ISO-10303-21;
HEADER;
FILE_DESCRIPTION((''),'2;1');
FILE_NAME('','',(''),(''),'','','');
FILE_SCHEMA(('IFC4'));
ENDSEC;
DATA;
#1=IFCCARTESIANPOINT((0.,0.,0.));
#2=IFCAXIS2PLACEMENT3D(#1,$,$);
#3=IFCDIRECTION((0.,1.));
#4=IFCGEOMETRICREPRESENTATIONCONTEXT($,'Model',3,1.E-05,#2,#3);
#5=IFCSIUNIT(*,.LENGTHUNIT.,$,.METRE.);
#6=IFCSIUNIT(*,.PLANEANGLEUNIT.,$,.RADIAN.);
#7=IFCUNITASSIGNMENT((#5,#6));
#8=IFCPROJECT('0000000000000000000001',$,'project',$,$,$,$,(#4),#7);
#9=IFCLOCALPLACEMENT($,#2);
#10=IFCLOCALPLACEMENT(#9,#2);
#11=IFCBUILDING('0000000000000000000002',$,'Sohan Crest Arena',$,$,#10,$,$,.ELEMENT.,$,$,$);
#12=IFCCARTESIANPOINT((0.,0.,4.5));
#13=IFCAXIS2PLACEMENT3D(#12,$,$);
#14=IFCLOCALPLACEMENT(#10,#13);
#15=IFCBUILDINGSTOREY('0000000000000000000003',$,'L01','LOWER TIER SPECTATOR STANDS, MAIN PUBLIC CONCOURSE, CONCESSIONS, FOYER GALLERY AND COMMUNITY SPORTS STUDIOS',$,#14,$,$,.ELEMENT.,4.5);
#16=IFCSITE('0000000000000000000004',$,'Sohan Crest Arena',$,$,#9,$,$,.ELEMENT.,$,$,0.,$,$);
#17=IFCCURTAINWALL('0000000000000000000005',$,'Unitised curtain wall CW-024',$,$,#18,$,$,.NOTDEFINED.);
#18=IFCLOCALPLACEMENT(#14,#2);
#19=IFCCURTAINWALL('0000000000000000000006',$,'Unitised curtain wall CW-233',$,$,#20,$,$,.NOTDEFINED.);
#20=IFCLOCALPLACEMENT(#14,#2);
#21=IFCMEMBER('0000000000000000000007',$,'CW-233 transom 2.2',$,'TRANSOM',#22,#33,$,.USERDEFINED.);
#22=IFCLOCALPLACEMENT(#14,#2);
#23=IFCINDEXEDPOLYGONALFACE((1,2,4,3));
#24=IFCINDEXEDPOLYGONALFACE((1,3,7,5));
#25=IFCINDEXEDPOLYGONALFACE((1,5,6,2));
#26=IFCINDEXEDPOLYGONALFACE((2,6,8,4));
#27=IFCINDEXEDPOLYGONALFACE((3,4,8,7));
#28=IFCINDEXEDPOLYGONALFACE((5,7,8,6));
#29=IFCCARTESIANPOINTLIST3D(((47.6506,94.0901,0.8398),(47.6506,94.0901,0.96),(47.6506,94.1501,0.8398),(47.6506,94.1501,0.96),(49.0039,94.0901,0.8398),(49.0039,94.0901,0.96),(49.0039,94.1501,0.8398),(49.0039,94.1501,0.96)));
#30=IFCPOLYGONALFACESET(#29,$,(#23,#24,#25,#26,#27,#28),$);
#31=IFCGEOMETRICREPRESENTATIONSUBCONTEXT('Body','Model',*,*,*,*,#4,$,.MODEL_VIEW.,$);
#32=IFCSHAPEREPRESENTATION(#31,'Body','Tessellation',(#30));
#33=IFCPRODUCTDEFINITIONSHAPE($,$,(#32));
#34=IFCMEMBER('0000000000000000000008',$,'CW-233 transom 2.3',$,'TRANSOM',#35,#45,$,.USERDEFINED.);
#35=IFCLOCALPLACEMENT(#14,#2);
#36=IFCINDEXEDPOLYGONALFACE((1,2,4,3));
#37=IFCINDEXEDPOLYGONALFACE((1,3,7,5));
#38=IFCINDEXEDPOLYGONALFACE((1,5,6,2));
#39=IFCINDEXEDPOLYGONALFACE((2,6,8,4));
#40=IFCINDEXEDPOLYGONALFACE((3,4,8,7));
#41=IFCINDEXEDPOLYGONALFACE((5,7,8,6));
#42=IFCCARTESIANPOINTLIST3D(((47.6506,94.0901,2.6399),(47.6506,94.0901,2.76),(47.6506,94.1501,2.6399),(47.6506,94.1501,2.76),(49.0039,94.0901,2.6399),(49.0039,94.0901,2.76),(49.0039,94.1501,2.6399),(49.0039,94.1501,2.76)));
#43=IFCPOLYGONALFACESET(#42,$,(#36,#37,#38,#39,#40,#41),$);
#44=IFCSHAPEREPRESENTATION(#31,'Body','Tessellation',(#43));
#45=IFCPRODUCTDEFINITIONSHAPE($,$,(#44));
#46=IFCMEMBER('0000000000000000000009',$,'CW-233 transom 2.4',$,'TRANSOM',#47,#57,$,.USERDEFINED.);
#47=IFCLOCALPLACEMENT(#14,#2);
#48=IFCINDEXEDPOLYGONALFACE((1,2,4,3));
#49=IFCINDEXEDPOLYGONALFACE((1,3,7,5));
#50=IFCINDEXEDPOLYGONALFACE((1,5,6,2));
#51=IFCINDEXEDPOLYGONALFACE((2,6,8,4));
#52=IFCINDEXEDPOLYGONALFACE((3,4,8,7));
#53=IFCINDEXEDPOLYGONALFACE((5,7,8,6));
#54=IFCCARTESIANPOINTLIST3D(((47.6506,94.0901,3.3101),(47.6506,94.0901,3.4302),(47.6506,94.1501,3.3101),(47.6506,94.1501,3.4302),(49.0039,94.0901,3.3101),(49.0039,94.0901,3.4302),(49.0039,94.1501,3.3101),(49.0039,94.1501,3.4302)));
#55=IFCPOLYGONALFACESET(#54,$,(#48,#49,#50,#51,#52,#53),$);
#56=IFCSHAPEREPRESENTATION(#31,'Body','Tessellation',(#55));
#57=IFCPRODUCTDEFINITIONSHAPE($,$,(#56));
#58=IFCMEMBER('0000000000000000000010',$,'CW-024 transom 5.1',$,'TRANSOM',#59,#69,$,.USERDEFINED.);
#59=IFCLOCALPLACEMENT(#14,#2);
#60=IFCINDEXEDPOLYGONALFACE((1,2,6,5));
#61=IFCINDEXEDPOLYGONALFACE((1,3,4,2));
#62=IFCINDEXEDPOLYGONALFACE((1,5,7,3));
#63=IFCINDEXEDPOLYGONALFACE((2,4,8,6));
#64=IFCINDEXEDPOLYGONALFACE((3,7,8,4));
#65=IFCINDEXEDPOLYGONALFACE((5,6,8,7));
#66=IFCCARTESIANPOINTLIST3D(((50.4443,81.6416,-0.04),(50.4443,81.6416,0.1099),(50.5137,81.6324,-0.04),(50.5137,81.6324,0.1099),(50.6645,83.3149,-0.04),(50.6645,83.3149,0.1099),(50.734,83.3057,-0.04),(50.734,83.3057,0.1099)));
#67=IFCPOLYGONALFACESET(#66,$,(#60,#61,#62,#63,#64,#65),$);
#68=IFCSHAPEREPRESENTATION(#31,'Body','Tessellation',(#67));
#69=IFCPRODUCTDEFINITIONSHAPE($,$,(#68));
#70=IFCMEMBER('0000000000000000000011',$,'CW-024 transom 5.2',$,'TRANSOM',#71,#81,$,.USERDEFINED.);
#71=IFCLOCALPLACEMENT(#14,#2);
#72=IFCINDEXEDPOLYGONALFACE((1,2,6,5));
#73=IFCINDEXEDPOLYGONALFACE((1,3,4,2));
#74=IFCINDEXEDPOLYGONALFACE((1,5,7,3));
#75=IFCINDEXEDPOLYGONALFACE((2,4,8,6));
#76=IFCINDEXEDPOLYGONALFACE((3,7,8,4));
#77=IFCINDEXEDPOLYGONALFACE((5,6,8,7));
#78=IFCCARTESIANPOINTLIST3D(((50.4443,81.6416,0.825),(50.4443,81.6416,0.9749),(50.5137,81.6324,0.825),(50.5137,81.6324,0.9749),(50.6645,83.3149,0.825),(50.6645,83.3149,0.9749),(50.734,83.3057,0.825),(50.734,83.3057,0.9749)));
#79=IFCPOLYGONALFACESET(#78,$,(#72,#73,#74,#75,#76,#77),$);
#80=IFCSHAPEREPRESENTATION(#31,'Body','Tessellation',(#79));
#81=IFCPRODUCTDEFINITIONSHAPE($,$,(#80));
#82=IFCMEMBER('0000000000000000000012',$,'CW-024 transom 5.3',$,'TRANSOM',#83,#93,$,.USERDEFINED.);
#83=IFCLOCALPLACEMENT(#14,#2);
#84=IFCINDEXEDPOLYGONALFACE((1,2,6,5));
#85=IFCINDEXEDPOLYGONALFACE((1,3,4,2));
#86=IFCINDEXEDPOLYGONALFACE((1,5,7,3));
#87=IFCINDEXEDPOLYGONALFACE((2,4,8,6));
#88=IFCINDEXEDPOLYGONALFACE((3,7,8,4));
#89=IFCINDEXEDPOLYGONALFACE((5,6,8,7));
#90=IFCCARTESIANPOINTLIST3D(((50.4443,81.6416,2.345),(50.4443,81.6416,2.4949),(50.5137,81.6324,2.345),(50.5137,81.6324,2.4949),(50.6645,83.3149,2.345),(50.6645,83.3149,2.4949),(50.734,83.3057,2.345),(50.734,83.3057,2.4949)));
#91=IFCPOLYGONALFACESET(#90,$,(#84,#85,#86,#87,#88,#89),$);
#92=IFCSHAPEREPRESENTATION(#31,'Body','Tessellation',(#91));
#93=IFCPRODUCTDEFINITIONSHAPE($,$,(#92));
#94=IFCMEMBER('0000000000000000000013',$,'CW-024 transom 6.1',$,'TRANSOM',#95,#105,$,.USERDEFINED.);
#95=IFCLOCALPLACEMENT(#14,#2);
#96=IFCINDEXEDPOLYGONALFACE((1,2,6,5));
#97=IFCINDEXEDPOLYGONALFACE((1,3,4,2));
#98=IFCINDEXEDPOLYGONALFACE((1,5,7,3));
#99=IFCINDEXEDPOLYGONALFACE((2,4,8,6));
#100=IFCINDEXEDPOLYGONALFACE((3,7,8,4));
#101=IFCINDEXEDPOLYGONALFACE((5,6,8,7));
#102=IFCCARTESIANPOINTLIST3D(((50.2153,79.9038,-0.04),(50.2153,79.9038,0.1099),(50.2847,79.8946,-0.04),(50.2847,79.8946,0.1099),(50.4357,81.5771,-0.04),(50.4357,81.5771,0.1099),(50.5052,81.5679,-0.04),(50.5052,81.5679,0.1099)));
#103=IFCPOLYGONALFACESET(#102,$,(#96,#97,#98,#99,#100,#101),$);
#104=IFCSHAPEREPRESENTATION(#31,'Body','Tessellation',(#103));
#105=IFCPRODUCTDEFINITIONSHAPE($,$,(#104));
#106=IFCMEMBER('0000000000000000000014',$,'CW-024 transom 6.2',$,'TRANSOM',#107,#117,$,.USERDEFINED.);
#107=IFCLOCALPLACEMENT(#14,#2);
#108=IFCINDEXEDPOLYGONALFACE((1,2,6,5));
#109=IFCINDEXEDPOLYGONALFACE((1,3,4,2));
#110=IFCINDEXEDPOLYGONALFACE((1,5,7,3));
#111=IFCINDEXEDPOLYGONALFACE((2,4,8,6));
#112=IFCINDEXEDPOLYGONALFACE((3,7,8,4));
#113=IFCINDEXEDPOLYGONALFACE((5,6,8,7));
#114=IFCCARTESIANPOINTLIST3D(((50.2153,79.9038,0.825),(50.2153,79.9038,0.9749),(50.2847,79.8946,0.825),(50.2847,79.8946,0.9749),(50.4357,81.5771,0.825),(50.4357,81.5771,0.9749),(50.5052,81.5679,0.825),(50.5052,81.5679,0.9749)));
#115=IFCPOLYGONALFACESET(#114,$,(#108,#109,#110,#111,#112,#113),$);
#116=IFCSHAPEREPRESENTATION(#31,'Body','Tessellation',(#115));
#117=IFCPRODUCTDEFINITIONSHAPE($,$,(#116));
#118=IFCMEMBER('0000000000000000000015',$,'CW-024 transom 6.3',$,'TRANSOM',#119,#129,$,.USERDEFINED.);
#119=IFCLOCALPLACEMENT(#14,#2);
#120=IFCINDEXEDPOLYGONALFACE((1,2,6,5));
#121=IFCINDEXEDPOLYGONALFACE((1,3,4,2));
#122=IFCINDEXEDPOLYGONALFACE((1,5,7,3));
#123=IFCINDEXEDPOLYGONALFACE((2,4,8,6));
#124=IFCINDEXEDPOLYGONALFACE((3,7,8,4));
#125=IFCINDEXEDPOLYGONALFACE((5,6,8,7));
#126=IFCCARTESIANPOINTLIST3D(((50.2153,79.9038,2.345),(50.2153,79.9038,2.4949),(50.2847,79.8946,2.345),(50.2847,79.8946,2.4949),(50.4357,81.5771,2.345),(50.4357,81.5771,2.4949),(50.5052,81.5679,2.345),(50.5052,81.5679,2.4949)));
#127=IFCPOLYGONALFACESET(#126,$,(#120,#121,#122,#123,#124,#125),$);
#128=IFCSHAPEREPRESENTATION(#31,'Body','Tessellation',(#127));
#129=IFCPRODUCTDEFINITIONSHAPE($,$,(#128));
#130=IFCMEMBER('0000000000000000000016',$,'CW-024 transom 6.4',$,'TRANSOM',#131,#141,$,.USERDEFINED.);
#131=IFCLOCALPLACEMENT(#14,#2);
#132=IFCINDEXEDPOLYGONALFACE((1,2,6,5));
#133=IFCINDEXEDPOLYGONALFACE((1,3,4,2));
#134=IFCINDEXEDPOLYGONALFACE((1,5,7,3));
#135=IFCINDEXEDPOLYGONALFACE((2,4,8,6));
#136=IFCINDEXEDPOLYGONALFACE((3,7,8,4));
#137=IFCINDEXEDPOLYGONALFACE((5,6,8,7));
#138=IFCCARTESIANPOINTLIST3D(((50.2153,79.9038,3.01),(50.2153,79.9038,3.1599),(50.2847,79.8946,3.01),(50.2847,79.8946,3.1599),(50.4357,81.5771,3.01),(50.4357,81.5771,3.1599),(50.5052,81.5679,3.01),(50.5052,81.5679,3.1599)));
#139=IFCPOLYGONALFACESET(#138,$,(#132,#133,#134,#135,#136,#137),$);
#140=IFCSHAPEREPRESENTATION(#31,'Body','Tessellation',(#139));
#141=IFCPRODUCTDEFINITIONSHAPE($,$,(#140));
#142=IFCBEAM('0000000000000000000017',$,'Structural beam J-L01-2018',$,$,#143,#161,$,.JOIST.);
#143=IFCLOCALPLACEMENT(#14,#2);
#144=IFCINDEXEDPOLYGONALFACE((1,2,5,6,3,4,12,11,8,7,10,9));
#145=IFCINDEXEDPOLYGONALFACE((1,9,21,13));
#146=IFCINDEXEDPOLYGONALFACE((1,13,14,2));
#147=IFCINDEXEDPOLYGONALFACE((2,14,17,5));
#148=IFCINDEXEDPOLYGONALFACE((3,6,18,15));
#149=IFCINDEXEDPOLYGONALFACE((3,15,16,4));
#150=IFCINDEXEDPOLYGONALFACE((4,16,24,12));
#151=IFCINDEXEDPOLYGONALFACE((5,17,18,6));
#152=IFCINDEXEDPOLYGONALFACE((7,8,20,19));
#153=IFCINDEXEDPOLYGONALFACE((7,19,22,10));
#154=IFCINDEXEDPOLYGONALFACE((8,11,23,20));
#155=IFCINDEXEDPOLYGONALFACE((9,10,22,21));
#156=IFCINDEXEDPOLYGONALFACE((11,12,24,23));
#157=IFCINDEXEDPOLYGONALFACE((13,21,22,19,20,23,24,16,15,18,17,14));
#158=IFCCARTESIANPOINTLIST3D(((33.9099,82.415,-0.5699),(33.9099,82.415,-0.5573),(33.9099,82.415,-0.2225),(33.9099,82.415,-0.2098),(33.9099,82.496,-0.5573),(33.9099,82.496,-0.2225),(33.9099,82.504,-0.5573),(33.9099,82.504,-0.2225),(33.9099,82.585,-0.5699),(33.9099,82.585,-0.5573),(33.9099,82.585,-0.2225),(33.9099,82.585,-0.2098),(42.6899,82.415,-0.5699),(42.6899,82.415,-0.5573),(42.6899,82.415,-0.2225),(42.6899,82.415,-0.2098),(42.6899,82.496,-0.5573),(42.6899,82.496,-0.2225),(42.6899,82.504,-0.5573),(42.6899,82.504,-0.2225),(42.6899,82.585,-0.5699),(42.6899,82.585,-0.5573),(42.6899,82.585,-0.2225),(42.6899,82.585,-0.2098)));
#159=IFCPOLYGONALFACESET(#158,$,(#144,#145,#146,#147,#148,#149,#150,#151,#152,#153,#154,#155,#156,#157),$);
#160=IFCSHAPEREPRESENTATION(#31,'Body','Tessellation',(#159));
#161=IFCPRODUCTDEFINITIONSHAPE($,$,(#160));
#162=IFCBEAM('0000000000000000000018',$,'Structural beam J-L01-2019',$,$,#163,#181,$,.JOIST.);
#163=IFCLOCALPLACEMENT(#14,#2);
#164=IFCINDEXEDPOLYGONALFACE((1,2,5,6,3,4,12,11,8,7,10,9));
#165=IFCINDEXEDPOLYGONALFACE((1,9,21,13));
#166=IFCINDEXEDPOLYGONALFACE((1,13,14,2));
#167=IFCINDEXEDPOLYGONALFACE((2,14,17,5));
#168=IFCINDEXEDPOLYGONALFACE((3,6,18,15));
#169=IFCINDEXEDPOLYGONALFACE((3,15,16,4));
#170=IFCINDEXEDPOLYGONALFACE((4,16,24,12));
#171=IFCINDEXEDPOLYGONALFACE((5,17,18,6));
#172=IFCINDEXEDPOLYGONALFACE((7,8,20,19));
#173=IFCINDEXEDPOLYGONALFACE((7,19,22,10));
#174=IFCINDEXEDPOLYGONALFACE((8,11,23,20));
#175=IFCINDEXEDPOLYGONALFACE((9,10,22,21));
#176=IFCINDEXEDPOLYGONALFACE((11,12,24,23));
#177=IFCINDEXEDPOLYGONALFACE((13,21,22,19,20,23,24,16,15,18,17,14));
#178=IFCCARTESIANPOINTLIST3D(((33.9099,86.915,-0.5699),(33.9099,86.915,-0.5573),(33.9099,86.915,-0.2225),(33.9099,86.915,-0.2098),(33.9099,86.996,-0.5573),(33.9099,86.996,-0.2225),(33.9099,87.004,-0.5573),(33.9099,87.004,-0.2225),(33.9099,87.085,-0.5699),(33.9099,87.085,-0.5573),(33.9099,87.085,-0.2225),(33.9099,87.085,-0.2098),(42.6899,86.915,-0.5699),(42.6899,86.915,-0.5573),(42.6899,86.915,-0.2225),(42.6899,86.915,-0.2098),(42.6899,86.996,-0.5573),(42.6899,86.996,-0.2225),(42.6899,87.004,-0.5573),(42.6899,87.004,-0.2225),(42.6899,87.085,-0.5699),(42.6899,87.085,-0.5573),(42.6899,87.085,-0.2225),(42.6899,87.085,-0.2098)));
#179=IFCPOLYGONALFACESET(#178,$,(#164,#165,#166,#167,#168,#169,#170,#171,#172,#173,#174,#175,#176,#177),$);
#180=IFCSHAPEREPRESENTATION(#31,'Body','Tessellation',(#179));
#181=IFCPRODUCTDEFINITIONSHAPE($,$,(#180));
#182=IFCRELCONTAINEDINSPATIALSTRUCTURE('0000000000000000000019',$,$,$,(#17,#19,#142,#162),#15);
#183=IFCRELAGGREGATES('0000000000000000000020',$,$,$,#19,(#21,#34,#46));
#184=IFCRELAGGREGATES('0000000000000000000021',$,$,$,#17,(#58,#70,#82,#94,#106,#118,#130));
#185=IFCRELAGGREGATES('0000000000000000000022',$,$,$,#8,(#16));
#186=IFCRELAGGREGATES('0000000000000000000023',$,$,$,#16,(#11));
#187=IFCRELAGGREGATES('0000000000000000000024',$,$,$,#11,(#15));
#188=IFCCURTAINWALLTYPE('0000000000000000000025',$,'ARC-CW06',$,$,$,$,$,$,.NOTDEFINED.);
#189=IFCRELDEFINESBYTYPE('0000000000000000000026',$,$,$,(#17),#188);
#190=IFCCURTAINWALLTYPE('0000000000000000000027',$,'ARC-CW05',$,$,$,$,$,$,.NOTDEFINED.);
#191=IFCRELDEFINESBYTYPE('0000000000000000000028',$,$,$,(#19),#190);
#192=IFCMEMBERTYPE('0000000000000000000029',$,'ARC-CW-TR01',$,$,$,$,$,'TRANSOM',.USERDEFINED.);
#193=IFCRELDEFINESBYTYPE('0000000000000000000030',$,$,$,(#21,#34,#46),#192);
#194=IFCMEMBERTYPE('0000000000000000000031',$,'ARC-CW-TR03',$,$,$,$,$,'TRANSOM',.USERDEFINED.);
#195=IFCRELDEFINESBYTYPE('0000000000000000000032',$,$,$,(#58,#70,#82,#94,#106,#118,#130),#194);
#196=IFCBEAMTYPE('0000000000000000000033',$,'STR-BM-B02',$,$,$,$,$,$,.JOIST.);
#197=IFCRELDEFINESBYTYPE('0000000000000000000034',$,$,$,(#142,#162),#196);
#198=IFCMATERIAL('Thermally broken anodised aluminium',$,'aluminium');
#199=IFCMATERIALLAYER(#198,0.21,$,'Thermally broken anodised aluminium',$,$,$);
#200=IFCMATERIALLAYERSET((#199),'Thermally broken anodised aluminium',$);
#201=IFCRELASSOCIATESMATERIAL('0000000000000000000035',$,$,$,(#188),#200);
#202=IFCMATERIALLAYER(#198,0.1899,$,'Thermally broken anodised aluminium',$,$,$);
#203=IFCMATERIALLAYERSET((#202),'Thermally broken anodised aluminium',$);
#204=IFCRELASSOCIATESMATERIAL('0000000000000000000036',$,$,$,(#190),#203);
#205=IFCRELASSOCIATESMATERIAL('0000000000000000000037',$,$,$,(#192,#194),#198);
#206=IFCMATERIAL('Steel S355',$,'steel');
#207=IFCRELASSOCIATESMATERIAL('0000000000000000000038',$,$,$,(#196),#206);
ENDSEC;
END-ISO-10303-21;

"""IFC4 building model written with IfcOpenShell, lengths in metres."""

from ifc_helpers import new_model, si_unit, direction, frame, origin, origin_2d, place, context, subcontext, project, spatial, rectangle, i_section, extrude, material, layer, layer_set, material_profile, profile_set, type_object, element, aggregate, save


model = new_model("IFC4")

# Units and contexts
model_context = context("Model", 3, precision=1e-05, world=origin(), true_north=direction((0.0, 1.0)))
body_context = subcontext(model_context, "Body", "Model", "MODEL_VIEW")
ifc_project = project(units=[si_unit("LENGTHUNIT", "METRE"), si_unit("PLANEANGLEUNIT", "RADIAN")], contexts=[model_context])

# Site, building, storey
site_placement = place(None, origin())
site = spatial("IfcSite", under=ifc_project, at=site_placement, Name="Sohan Crest Arena", CompositionType="ELEMENT", RefElevation=0.0)
building_placement = place(site_placement, origin())
building = spatial("IfcBuilding", under=site, at=building_placement, Name="Sohan Crest Arena", CompositionType="ELEMENT")
storey_placement = place(building_placement, frame((0.0, 0.0, 4.5)))
storey = spatial("IfcBuildingStorey", under=building, at=storey_placement, Name="L01", Description="LOWER TIER SPECTATOR STANDS, MAIN PUBLIC CONCOURSE, CONCESSIONS, FOYER GALLERY AND COMMUNITY SPORTS STUDIOS", CompositionType="ELEMENT", Elevation=4.5)

# Curtain wall
ifc_material_1 = material(Name="Thermally broken anodised aluminium", Category="aluminium")
ifc_layer_1 = layer(ifc_material_1, 0.21, Name="Thermally broken anodised aluminium")
ifc_layer_set_1 = layer_set([ifc_layer_1], Name="Thermally broken anodised aluminium")
curtain_wall_type_1 = type_object("IfcCurtainWallType", Name="ARC-CW06", PredefinedType="NOTDEFINED", material=ifc_layer_set_1)
curtain_wall_1_placement = place(storey_placement, origin())
curtain_wall_1 = element("IfcCurtainWall", 1, at=curtain_wall_1_placement, inside=storey, type_object=curtain_wall_type_1, Name="Unitised curtain wall CW-024", PredefinedType="NOTDEFINED")

# Curtain wall, members
ifc_layer_2 = layer(ifc_material_1, 0.1899, Name="Thermally broken anodised aluminium")
ifc_layer_set_2 = layer_set([ifc_layer_2], Name="Thermally broken anodised aluminium")
curtain_wall_type_2 = type_object("IfcCurtainWallType", Name="ARC-CW05", PredefinedType="NOTDEFINED", material=ifc_layer_set_2)
curtain_wall_2_placement = place(storey_placement, origin())
curtain_wall_2 = element("IfcCurtainWall", 2, at=curtain_wall_2_placement, inside=storey, type_object=curtain_wall_type_2, Name="Unitised curtain wall CW-233", PredefinedType="NOTDEFINED")
ifc_material_profile_1 = material_profile(ifc_material_1, rectangle(XDim=0.0601, YDim=0.1201, at=origin_2d()), Name="ALU-TRAN 60x120")
ifc_profile_set_1 = profile_set([ifc_material_profile_1], Name="Thermally broken anodised aluminium")
member_type_1 = type_object("IfcMemberType", Name="ARC-CW-TR01", ElementType="TRANSOM", PredefinedType="USERDEFINED", material=ifc_profile_set_1)
member_1_placement = place(storey_placement, frame((47.6506, 94.1201, 0.8999), z_axis=(1.0, 0.0, 0.0), x_axis=(0.0, 1.0, 0.0)))
member_1 = element("IfcMember", 3, at=member_1_placement, type_object=member_type_1, Name="CW-233 transom 2.2", ObjectType="TRANSOM", PredefinedType="USERDEFINED", context=body_context, shape_type="SweptSolid", body=[
    extrude(rectangle(XDim=0.0601, YDim=0.1201, at=origin_2d()), origin(), (0.0, 0.0, 1.0), 1.3533),
])
member_2_placement = place(storey_placement, frame((47.6506, 94.1201, 2.7), z_axis=(1.0, 0.0, 0.0), x_axis=(0.0, 1.0, 0.0)))
member_2 = element("IfcMember", 4, at=member_2_placement, type_object=member_type_1, Name="CW-233 transom 2.3", ObjectType="TRANSOM", PredefinedType="USERDEFINED", context=body_context, shape_type="SweptSolid", body=[
    extrude(rectangle(XDim=0.0601, YDim=0.1201, at=origin_2d()), origin(), (0.0, 0.0, 1.0), 1.3533),
])
member_3_placement = place(storey_placement, frame((47.6506, 94.1201, 3.3701), z_axis=(1.0, 0.0, 0.0), x_axis=(0.0, 1.0, 0.0)))
member_3 = element("IfcMember", 5, at=member_3_placement, type_object=member_type_1, Name="CW-233 transom 2.4", ObjectType="TRANSOM", PredefinedType="USERDEFINED", context=body_context, shape_type="SweptSolid", body=[
    extrude(rectangle(XDim=0.0601, YDim=0.1201, at=origin_2d()), origin(), (0.0, 0.0, 1.0), 1.3533),
])

# Members
ifc_material_profile_2 = material_profile(ifc_material_1, rectangle(XDim=0.0701, YDim=0.1499, at=origin_2d()), Name="ALU-TRAN 70x150")
ifc_profile_set_2 = profile_set([ifc_material_profile_2], Name="Thermally broken anodised aluminium")
member_type_2 = type_object("IfcMemberType", Name="ARC-CW-TR03", ElementType="TRANSOM", PredefinedType="USERDEFINED", material=ifc_profile_set_2)
member_4_placement = place(storey_placement, frame((50.6992, 83.3103, 0.0349), z_axis=(-0.130477, -0.991451, 0.0), x_axis=(0.991451, -0.130477, 0.0)))
member_4 = element("IfcMember", 6, at=member_4_placement, type_object=member_type_2, Name="CW-024 transom 5.1", ObjectType="TRANSOM", PredefinedType="USERDEFINED", context=body_context, shape_type="SweptSolid", body=[
    extrude(rectangle(XDim=0.0701, YDim=0.1499, at=origin_2d()), origin(), (0.0, 0.0, 1.0), 1.6877),
])
member_5_placement = place(storey_placement, frame((50.6992, 83.3103, 0.8999), z_axis=(-0.130477, -0.991451, 0.0), x_axis=(0.991451, -0.130477, 0.0)))
member_5 = element("IfcMember", 7, at=member_5_placement, type_object=member_type_2, Name="CW-024 transom 5.2", ObjectType="TRANSOM", PredefinedType="USERDEFINED", context=body_context, shape_type="SweptSolid", body=[
    extrude(rectangle(XDim=0.0701, YDim=0.1499, at=origin_2d()), origin(), (0.0, 0.0, 1.0), 1.6877),
])
member_6_placement = place(storey_placement, frame((50.6992, 83.3103, 2.4199), z_axis=(-0.130477, -0.991451, 0.0), x_axis=(0.991451, -0.130477, 0.0)))
member_6 = element("IfcMember", 8, at=member_6_placement, type_object=member_type_2, Name="CW-024 transom 5.3", ObjectType="TRANSOM", PredefinedType="USERDEFINED", context=body_context, shape_type="SweptSolid", body=[
    extrude(rectangle(XDim=0.0701, YDim=0.1499, at=origin_2d()), origin(), (0.0, 0.0, 1.0), 1.6877),
])
member_7_placement = place(storey_placement, frame((50.4705, 81.5725, 0.0349), z_axis=(-0.130619, -0.991433, 0.0), x_axis=(0.991433, -0.130619, 0.0)))
member_7 = element("IfcMember", 9, at=member_7_placement, type_object=member_type_2, Name="CW-024 transom 6.1", ObjectType="TRANSOM", PredefinedType="USERDEFINED", context=body_context, shape_type="SweptSolid", body=[
    extrude(rectangle(XDim=0.0701, YDim=0.1499, at=origin_2d()), origin(), (0.0, 0.0, 1.0), 1.6877),
])
member_8_placement = place(storey_placement, frame((50.4705, 81.5725, 0.8999), z_axis=(-0.130619, -0.991433, 0.0), x_axis=(0.991433, -0.130619, 0.0)))
member_8 = element("IfcMember", 10, at=member_8_placement, type_object=member_type_2, Name="CW-024 transom 6.2", ObjectType="TRANSOM", PredefinedType="USERDEFINED", context=body_context, shape_type="SweptSolid", body=[
    extrude(rectangle(XDim=0.0701, YDim=0.1499, at=origin_2d()), origin(), (0.0, 0.0, 1.0), 1.6877),
])
member_9_placement = place(storey_placement, frame((50.4705, 81.5725, 2.4199), z_axis=(-0.130619, -0.991433, 0.0), x_axis=(0.991433, -0.130619, 0.0)))
member_9 = element("IfcMember", 11, at=member_9_placement, type_object=member_type_2, Name="CW-024 transom 6.3", ObjectType="TRANSOM", PredefinedType="USERDEFINED", context=body_context, shape_type="SweptSolid", body=[
    extrude(rectangle(XDim=0.0701, YDim=0.1499, at=origin_2d()), origin(), (0.0, 0.0, 1.0), 1.6877),
])
member_10_placement = place(storey_placement, frame((50.4705, 81.5725, 3.085), z_axis=(-0.130619, -0.991433, 0.0), x_axis=(0.991433, -0.130619, 0.0)))
member_10 = element("IfcMember", 12, at=member_10_placement, type_object=member_type_2, Name="CW-024 transom 6.4", ObjectType="TRANSOM", PredefinedType="USERDEFINED", context=body_context, shape_type="SweptSolid", body=[
    extrude(rectangle(XDim=0.0701, YDim=0.1499, at=origin_2d()), origin(), (0.0, 0.0, 1.0), 1.6877),
])

# Beams
ifc_material_2 = material(Name="Steel S355", Category="steel")
ifc_material_profile_3 = material_profile(ifc_material_2, i_section(OverallWidth=0.1699, OverallDepth=0.3601, WebThickness=0.0081, FlangeThickness=0.0127, at=origin_2d()), Name="IPE 360")
ifc_profile_set_3 = profile_set([ifc_material_profile_3], Name="Steel S355")
beam_type_1 = type_object("IfcBeamType", Name="STR-BM-B02", PredefinedType="JOIST", material=ifc_profile_set_3)
for number, where, z_axis, x_axis, name in (
    (13, (33.9099, 82.5, -0.3899), (1.0, 0.0, 0.0), (0.0, 1.0, 0.0), "Structural beam J-L01-2018"),
    (14, (33.9099, 87.0, -0.3899), (1.0, 0.0, 0.0), (0.0, 1.0, 0.0), "Structural beam J-L01-2019"),
):
    element("IfcBeam", number, at=place(storey_placement, frame(where, z_axis=z_axis, x_axis=x_axis)), inside=storey, type_object=beam_type_1, Name=name, PredefinedType="JOIST", context=body_context, shape_type="SweptSolid", body=[
        extrude(i_section(OverallWidth=0.1699, OverallDepth=0.3601, WebThickness=0.0081, FlangeThickness=0.0127, at=origin_2d()), origin(), (0.0, 0.0, 1.0), 8.78),
    ])

aggregate(curtain_wall_2, [member_1, member_2, member_3])
aggregate(curtain_wall_1, [member_4, member_5, member_6, member_7, member_8, member_9, member_10])

save(model, "model.ifc")
